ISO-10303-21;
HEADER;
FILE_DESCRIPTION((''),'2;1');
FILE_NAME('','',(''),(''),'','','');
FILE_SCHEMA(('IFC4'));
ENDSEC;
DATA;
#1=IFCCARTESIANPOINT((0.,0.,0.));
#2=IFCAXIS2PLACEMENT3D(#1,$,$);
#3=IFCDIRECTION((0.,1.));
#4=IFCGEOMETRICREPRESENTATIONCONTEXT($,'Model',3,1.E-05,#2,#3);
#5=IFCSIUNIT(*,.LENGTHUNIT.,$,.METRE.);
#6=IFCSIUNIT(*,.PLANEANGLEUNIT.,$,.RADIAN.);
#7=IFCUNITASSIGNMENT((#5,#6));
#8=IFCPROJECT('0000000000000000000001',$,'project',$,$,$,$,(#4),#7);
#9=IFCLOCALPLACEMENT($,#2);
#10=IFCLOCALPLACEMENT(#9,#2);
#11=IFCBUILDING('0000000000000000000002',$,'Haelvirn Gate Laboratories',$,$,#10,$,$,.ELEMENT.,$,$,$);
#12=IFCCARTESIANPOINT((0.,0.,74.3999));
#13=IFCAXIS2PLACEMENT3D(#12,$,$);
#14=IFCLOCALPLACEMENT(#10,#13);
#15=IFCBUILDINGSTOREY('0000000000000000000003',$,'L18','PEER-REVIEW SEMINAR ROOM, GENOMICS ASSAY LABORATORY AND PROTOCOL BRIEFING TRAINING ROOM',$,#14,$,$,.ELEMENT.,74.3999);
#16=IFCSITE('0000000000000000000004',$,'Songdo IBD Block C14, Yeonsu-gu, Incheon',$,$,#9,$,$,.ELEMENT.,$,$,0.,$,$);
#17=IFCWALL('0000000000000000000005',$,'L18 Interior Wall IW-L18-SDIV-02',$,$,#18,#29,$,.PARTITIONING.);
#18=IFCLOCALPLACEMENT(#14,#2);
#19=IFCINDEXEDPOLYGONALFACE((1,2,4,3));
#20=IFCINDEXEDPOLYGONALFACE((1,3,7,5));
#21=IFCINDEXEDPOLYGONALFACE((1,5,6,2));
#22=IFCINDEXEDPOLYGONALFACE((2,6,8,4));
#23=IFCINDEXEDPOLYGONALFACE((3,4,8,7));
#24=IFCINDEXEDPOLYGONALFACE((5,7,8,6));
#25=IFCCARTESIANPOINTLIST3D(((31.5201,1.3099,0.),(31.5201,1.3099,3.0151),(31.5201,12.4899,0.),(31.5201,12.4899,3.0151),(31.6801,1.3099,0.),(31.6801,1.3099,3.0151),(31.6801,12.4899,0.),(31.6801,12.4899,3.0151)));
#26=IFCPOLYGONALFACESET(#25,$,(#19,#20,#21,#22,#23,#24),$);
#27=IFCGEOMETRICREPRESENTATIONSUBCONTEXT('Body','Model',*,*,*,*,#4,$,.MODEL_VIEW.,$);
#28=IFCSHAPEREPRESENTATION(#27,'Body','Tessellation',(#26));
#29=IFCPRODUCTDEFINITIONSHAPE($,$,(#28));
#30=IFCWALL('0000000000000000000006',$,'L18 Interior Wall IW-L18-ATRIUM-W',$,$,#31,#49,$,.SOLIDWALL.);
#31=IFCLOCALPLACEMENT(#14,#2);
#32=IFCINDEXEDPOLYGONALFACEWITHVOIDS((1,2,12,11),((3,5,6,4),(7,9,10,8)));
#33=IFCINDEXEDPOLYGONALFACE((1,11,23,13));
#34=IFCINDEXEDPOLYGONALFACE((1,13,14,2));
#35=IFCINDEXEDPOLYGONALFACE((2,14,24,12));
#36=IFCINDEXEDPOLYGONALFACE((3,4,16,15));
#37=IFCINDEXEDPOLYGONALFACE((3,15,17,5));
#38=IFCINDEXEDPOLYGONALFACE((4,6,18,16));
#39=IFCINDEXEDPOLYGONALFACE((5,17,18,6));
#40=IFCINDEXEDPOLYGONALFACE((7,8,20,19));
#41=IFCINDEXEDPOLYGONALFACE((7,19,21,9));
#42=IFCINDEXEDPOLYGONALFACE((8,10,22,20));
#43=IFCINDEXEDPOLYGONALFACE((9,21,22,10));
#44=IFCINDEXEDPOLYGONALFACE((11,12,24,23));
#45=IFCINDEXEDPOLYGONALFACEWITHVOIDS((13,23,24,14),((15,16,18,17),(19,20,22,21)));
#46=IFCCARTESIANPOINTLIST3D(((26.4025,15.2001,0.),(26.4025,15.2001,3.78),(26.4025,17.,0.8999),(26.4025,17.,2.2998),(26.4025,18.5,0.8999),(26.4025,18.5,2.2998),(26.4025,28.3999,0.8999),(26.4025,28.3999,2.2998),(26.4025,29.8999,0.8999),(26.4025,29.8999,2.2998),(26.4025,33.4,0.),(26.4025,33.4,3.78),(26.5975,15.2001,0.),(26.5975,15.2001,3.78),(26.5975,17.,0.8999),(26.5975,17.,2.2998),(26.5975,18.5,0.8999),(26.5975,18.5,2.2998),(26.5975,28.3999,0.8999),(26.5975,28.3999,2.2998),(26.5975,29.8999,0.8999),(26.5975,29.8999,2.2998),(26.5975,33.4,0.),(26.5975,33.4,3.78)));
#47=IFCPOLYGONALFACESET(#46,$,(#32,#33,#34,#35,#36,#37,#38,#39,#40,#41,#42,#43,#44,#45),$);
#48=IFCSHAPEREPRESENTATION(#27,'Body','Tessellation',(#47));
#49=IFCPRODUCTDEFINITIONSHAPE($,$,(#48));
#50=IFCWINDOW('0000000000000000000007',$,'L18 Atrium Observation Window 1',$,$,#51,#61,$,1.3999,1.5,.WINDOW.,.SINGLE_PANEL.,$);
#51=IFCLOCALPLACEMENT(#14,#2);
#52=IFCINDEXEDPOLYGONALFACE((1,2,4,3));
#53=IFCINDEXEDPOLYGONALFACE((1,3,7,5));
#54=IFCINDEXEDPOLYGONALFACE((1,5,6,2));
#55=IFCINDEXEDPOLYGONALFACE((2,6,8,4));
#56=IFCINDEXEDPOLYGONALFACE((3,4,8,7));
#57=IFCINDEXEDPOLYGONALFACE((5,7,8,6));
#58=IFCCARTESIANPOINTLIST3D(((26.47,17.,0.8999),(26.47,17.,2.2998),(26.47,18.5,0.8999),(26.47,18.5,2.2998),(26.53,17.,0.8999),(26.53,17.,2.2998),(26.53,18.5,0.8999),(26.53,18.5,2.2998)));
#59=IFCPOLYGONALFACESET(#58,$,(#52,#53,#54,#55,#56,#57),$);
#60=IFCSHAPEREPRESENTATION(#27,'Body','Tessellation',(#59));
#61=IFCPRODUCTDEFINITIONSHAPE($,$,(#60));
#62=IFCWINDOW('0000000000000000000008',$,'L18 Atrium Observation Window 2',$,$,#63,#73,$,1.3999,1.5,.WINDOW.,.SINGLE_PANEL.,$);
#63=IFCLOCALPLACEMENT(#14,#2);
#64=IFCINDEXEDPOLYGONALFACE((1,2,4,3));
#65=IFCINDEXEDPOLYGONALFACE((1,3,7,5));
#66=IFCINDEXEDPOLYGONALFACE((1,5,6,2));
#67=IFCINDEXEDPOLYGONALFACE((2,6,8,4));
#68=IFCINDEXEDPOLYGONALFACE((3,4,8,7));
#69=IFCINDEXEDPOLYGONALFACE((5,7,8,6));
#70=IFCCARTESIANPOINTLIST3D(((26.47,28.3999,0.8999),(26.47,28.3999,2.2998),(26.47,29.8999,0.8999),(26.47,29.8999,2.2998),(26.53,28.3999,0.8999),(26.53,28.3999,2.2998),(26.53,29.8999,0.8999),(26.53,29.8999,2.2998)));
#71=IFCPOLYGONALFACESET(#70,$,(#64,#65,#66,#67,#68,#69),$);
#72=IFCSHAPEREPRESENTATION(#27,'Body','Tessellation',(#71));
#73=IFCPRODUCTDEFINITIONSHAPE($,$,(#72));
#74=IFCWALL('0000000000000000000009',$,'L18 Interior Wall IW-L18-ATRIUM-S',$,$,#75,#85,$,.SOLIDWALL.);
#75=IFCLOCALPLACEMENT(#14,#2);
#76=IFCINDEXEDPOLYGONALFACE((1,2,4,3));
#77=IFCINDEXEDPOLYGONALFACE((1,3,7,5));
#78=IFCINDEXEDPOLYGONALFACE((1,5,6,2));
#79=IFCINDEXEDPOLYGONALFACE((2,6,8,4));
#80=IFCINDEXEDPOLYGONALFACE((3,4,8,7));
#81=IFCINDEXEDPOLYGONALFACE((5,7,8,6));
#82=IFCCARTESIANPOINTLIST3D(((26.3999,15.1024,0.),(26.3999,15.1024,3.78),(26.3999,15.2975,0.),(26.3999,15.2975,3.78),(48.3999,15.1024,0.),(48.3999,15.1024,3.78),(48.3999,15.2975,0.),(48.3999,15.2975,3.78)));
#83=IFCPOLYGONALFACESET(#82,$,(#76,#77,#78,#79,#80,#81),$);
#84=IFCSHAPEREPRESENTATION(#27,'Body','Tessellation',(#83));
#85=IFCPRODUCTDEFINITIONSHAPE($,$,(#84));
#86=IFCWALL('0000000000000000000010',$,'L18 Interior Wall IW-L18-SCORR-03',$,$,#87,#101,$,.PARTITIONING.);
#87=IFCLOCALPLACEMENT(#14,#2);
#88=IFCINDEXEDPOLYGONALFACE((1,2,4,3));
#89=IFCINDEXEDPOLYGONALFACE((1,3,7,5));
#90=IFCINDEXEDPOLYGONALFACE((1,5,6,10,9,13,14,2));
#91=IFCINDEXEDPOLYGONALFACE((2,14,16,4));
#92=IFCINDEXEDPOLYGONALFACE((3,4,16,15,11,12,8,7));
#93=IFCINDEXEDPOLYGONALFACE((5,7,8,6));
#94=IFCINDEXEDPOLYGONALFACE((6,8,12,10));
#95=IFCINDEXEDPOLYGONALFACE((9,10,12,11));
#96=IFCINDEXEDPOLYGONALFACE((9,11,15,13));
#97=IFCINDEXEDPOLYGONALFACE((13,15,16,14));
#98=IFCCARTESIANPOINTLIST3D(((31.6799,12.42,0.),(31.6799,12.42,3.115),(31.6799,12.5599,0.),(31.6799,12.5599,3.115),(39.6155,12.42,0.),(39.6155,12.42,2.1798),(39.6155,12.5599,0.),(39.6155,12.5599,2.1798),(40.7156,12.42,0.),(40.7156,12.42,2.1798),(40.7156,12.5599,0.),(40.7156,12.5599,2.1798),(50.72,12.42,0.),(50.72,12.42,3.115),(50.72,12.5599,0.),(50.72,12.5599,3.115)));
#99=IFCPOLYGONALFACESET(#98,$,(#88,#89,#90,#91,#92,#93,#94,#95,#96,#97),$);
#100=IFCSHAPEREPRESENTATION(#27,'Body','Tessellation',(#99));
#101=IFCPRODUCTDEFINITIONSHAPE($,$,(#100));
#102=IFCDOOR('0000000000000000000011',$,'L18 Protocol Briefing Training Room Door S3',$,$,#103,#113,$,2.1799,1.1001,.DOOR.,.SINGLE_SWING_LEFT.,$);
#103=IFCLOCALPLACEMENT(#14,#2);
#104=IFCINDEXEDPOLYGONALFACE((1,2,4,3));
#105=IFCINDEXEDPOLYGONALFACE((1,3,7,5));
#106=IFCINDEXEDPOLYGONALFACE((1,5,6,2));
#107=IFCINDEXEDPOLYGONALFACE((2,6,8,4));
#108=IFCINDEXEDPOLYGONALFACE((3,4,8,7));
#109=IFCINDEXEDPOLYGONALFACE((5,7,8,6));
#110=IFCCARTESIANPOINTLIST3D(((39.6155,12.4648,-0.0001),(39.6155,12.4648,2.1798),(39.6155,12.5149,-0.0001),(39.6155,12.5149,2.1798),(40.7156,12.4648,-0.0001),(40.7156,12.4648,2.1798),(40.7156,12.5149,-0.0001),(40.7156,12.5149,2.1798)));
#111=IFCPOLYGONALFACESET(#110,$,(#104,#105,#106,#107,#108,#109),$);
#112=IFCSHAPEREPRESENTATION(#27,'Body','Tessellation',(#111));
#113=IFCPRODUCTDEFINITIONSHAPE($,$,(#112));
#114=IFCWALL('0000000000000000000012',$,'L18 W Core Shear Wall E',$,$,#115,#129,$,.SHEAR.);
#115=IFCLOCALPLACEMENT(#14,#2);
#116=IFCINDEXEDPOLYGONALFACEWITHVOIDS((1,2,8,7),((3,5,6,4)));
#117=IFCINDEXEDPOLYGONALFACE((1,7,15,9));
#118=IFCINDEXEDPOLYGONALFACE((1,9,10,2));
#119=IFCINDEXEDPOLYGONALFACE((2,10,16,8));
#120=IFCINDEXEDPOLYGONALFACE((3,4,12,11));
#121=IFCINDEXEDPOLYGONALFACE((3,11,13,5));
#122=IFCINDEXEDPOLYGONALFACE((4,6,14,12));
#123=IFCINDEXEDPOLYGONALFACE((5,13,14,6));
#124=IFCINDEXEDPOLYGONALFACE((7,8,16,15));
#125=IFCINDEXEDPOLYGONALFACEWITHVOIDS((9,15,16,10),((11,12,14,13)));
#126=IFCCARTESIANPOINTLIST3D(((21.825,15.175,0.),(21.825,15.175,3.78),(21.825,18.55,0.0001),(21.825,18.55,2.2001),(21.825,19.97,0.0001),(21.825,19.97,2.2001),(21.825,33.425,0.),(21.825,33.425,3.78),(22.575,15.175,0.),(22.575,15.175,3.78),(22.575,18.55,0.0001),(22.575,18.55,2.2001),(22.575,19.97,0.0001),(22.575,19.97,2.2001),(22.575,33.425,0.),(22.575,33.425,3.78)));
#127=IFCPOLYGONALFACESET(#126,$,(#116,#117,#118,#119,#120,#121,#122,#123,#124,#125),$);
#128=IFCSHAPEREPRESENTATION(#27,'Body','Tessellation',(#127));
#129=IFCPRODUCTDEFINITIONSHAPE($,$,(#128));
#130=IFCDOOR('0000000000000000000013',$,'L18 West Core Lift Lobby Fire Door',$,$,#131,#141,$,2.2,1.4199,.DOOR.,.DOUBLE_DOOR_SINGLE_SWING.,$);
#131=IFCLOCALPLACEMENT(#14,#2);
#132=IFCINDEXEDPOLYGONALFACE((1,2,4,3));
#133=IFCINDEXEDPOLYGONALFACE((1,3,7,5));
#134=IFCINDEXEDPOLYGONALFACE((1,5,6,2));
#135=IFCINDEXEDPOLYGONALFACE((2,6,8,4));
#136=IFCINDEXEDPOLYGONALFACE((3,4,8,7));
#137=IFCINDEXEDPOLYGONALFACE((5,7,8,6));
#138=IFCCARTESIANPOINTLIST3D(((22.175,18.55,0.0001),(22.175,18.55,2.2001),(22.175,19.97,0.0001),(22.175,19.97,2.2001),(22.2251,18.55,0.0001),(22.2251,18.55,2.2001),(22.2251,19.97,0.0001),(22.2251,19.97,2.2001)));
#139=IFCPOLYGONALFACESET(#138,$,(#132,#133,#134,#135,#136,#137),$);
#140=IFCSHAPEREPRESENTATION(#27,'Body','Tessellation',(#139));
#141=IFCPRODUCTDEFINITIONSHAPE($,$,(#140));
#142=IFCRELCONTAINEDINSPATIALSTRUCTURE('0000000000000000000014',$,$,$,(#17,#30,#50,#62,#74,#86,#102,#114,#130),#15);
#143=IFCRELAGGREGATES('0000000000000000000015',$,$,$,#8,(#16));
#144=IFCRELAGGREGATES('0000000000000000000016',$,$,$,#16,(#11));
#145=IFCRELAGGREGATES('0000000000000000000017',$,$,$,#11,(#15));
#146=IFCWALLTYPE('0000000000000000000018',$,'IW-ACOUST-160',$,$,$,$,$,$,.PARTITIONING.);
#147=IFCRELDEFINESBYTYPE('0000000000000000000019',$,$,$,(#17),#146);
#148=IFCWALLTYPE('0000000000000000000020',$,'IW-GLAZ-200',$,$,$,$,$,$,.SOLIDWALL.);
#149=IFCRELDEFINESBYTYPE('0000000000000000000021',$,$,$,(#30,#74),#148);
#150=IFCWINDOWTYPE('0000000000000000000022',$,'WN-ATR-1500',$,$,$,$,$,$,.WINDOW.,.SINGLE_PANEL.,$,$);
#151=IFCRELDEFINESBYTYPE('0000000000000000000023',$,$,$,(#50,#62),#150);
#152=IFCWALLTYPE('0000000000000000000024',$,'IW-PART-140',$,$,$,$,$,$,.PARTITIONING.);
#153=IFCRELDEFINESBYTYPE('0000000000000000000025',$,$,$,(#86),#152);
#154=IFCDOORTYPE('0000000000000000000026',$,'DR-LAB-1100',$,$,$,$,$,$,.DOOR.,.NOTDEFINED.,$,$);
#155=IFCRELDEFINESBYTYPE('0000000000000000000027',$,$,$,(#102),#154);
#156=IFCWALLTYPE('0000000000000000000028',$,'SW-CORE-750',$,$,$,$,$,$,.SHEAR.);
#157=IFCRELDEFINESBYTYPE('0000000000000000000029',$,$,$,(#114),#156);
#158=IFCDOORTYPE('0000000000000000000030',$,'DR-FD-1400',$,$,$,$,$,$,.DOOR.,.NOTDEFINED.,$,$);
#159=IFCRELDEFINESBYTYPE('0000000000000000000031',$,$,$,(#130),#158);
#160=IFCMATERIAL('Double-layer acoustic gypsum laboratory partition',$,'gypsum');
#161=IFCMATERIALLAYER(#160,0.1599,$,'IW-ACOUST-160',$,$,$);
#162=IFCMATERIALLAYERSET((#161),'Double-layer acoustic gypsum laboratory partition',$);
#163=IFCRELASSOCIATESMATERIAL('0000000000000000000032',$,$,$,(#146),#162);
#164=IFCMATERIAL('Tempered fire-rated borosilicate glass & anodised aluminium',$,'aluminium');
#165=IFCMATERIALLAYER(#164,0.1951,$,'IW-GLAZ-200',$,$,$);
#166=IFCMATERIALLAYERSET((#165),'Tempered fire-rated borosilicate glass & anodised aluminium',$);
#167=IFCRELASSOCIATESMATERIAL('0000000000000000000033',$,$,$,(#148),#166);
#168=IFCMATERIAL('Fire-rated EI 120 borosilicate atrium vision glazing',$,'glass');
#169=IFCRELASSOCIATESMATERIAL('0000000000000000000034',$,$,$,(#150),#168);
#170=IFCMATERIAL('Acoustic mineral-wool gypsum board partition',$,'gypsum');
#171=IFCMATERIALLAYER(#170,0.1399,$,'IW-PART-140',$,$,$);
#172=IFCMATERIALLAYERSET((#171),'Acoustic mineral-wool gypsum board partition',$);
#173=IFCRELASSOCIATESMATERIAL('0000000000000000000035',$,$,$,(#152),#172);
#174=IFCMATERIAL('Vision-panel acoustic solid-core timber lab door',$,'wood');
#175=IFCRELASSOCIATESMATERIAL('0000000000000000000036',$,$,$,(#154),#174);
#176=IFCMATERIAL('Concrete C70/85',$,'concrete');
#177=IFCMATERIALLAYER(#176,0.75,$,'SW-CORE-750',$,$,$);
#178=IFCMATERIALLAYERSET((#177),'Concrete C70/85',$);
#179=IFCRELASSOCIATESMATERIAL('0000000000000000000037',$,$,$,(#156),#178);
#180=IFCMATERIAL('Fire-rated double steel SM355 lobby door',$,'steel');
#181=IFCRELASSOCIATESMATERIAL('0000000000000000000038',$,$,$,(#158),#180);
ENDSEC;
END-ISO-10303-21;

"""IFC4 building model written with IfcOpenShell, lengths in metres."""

from ifc_helpers import new_model, si_unit, direction, frame, frame_2d, origin, place, context, subcontext, project, spatial, rectangle, extrude, source, transform, mapped, material, layer, layer_set, type_object, type_shapes, element, fill, save


model = new_model("IFC4")

# Units and contexts
model_context = context("Model", 3, precision=1e-05, world=origin(), true_north=direction((0.0, 1.0)))
body_context = subcontext(model_context, "Body", "Model", "MODEL_VIEW")
ifc_project = project(units=[si_unit("LENGTHUNIT", "METRE"), si_unit("PLANEANGLEUNIT", "RADIAN")], contexts=[model_context])

# Site, building, storey
site_placement = place(None, origin())
site = spatial("IfcSite", under=ifc_project, at=site_placement, Name="Songdo IBD Block C14, Yeonsu-gu, Incheon", CompositionType="ELEMENT", RefElevation=0.0)
building_placement = place(site_placement, origin())
building = spatial("IfcBuilding", under=site, at=building_placement, Name="Haelvirn Gate Laboratories", CompositionType="ELEMENT")
storey_placement = place(building_placement, frame((0.0, 0.0, 74.3999)))
storey = spatial("IfcBuildingStorey", under=building, at=storey_placement, Name="L18", Description="PEER-REVIEW SEMINAR ROOM, GENOMICS ASSAY LABORATORY AND PROTOCOL BRIEFING TRAINING ROOM", CompositionType="ELEMENT", Elevation=74.3999)

# Shared definitions
ifc_material_1 = material(Name="Concrete C70/85", Category="concrete")

# Wall
ifc_material_2 = material(Name="Double-layer acoustic gypsum laboratory partition", Category="gypsum")
ifc_layer_1 = layer(ifc_material_2, 0.1599, Name="IW-ACOUST-160")
ifc_layer_set_1 = layer_set([ifc_layer_1], Name="Double-layer acoustic gypsum laboratory partition")
wall_type_1 = type_object("IfcWallType", Name="IW-ACOUST-160", PredefinedType="PARTITIONING", material=ifc_layer_set_1)
wall_1_placement = place(storey_placement, frame((31.6001, 1.3101, 0.0), z_axis=(0.0, 0.0, 1.0), x_axis=(0.0, 1.0, 0.0)))
element("IfcWall", 1, at=wall_1_placement, inside=storey, type_object=wall_type_1, Name="L18 Interior Wall IW-L18-SDIV-02", PredefinedType="PARTITIONING", context=body_context, shape_type="SweptSolid", body=[
    extrude(rectangle(XDim=11.1799, YDim=0.1599, at=frame_2d((5.5898, 0.0))), origin(), (0.0, 0.0, 1.0), 3.0151),
])

# Wall, openings, windows
ifc_material_3 = material(Name="Tempered fire-rated borosilicate glass & anodised aluminium", Category="aluminium")
ifc_layer_2 = layer(ifc_material_3, 0.1951, Name="IW-GLAZ-200")
ifc_layer_set_2 = layer_set([ifc_layer_2], Name="Tempered fire-rated borosilicate glass & anodised aluminium")
wall_type_2 = type_object("IfcWallType", Name="IW-GLAZ-200", PredefinedType="SOLIDWALL", material=ifc_layer_set_2)
wall_2_placement = place(storey_placement, frame((26.5, 15.2, 0.0), z_axis=(0.0, 0.0, 1.0), x_axis=(0.0, 1.0, 0.0)))
wall_2 = element("IfcWall", 2, at=wall_2_placement, inside=storey, type_object=wall_type_2, Name="L18 Interior Wall IW-L18-ATRIUM-W", PredefinedType="SOLIDWALL", context=body_context, shape_type="SweptSolid", body=[
    extrude(rectangle(XDim=18.2, YDim=0.1951, at=frame_2d((9.1001, 0.0))), origin(), (0.0, 0.0, 1.0), 3.78),
])
opening_1_placement = place(wall_2_placement, frame((1.8, 0.0, 0.8999)))
opening_1 = element("IfcOpeningElement", 3, at=opening_1_placement, cuts=wall_2, PredefinedType="OPENING", context=body_context, shape_type="SweptSolid", body=[
    extrude(rectangle(XDim=1.5, YDim=1.3999, at=frame_2d((0.75, 0.7))), frame((0.0, 0.1074, 0.0), z_axis=(0.0, -1.0, 0.0), x_axis=(1.0, 0.0, 0.0)), (0.0, 0.0, 1.0), 0.2151),
])
opening_2_placement = place(wall_2_placement, frame((13.2, 0.0, 0.8999)))
opening_2 = element("IfcOpeningElement", 4, at=opening_2_placement, cuts=wall_2, PredefinedType="OPENING", context=body_context, shape_type="SweptSolid", body=[
    extrude(rectangle(XDim=1.5, YDim=1.3999, at=frame_2d((0.75, 0.7))), frame((0.0, 0.1074, 0.0), z_axis=(0.0, -1.0, 0.0), x_axis=(1.0, 0.0, 0.0)), (0.0, 0.0, 1.0), 0.2151),
])
ifc_material_4 = material(Name="Fire-rated EI 120 borosilicate atrium vision glazing", Category="glass")
window_type = type_object("IfcWindowType", Name="WN-ATR-1500", PartitioningType="SINGLE_PANEL", PredefinedType="WINDOW", material=ifc_material_4)
shared_shape_1 = source(origin(), body_context, "Body", "SweptSolid", [
    extrude(rectangle(XDim=1.5, YDim=1.3999, at=frame_2d((0.75, 0.7))), frame((0.0, 0.03, 0.0), z_axis=(0.0, -1.0, 0.0), x_axis=(1.0, 0.0, 0.0)), (0.0, 0.0, 1.0), 0.0601),
])
type_shapes(window_type, [shared_shape_1])
window_1_placement = place(opening_1_placement, origin())
window_1 = element("IfcWindow", 5, at=window_1_placement, inside=storey, type_object=window_type, Name="L18 Atrium Observation Window 1", OverallHeight=1.3999, OverallWidth=1.5, PartitioningType="SINGLE_PANEL", PredefinedType="WINDOW", context=body_context, shape_type="MappedRepresentation", body=[
    mapped(shared_shape_1, transform((0.0, 0.0, 0.0), scale=1.0)),
])
fill(opening_1, window_1)
window_2_placement = place(opening_2_placement, origin())
window_2 = element("IfcWindow", 6, at=window_2_placement, inside=storey, type_object=window_type, Name="L18 Atrium Observation Window 2", OverallHeight=1.3999, OverallWidth=1.5, PartitioningType="SINGLE_PANEL", PredefinedType="WINDOW", context=body_context, shape_type="MappedRepresentation", body=[
    mapped(shared_shape_1, transform((0.0, 0.0, 0.0), scale=1.0)),
])
fill(opening_2, window_2)

# Wall
wall_3_placement = place(storey_placement, frame((26.3999, 15.2, 0.0), z_axis=(0.0, 0.0, 1.0), x_axis=(1.0, 0.0, 0.0)))
element("IfcWall", 7, at=wall_3_placement, inside=storey, type_object=wall_type_2, Name="L18 Interior Wall IW-L18-ATRIUM-S", PredefinedType="SOLIDWALL", context=body_context, shape_type="SweptSolid", body=[
    extrude(rectangle(XDim=22.0, YDim=0.1951, at=frame_2d((11.0, 0.0))), origin(), (0.0, 0.0, 1.0), 3.78),
])

# Walls, openings, doors
ifc_material_5 = material(Name="Acoustic mineral-wool gypsum board partition", Category="gypsum")
ifc_layer_3 = layer(ifc_material_5, 0.1399, Name="IW-PART-140")
ifc_layer_set_3 = layer_set([ifc_layer_3], Name="Acoustic mineral-wool gypsum board partition")
wall_type_3 = type_object("IfcWallType", Name="IW-PART-140", PredefinedType="PARTITIONING", material=ifc_layer_set_3)
wall_4_placement = place(storey_placement, frame((31.6799, 12.49, 0.0), z_axis=(0.0, 0.0, 1.0), x_axis=(1.0, 0.0, 0.0)))
wall_4 = element("IfcWall", 8, at=wall_4_placement, inside=storey, type_object=wall_type_3, Name="L18 Interior Wall IW-L18-SCORR-03", PredefinedType="PARTITIONING", context=body_context, shape_type="SweptSolid", body=[
    extrude(rectangle(XDim=19.04, YDim=0.1399, at=frame_2d((9.52, 0.0))), origin(), (0.0, 0.0, 1.0), 3.115),
])
opening_3_placement = place(wall_4_placement, frame((7.9355, 0.0, 0.0)))
opening_3 = element("IfcOpeningElement", 9, at=opening_3_placement, cuts=wall_4, PredefinedType="OPENING", context=body_context, shape_type="SweptSolid", body=[
    extrude(rectangle(XDim=1.1001, YDim=2.1799, at=frame_2d((0.55, 1.0898))), frame((0.0, 0.0801, 0.0), z_axis=(0.0, -1.0, 0.0), x_axis=(1.0, 0.0, 0.0)), (0.0, 0.0, 1.0), 0.1599),
])
ifc_material_6 = material(Name="Vision-panel acoustic solid-core timber lab door", Category="wood")
door_type_1 = type_object("IfcDoorType", Name="DR-LAB-1100", OperationType="NOTDEFINED", PredefinedType="DOOR", material=ifc_material_6)
shared_shape_2 = source(origin(), body_context, "Body", "SweptSolid", [
    extrude(rectangle(XDim=1.1001, YDim=2.1799, at=frame_2d((0.55, 1.0898))), frame((0.0, 0.0249, 0.0), z_axis=(0.0, -1.0, 0.0), x_axis=(1.0, 0.0, 0.0)), (0.0, 0.0, 1.0), 0.05),
])
type_shapes(door_type_1, [shared_shape_2])
door_1_placement = place(opening_3_placement, origin())
door_1 = element("IfcDoor", 10, at=door_1_placement, inside=storey, type_object=door_type_1, Name="L18 Protocol Briefing Training Room Door S3", OperationType="SINGLE_SWING_LEFT", OverallHeight=2.1799, OverallWidth=1.1001, PredefinedType="DOOR", context=body_context, shape_type="MappedRepresentation", body=[
    mapped(shared_shape_2, transform((0.0, 0.0, 0.0), scale=1.0)),
])
fill(opening_3, door_1)
ifc_layer_4 = layer(ifc_material_1, 0.75, Name="SW-CORE-750")
ifc_layer_set_4 = layer_set([ifc_layer_4], Name="Concrete C70/85")
wall_type_4 = type_object("IfcWallType", Name="SW-CORE-750", PredefinedType="SHEAR", material=ifc_layer_set_4)
wall_5_placement = place(storey_placement, frame((22.2, 15.175, 0.0), z_axis=(0.0, 0.0, 1.0), x_axis=(0.0, 1.0, 0.0)))
wall_5 = element("IfcWall", 11, at=wall_5_placement, inside=storey, type_object=wall_type_4, Name="L18 W Core Shear Wall E", PredefinedType="SHEAR", context=body_context, shape_type="SweptSolid", body=[
    extrude(rectangle(XDim=18.25, YDim=0.75, at=frame_2d((9.125, 0.0))), origin(), (0.0, 0.0, 1.0), 3.78),
])
opening_4_placement = place(wall_5_placement, frame((3.375, 0.0, 0.0)))
opening_4 = element("IfcOpeningElement", 12, at=opening_4_placement, cuts=wall_5, PredefinedType="OPENING", context=body_context, shape_type="SweptSolid", body=[
    extrude(rectangle(XDim=1.4199, YDim=2.2, at=frame_2d((0.71, 1.1001))), frame((0.0, 0.385, 0.0), z_axis=(0.0, -1.0, 0.0), x_axis=(1.0, 0.0, 0.0)), (0.0, 0.0, 1.0), 0.77),
])
ifc_material_7 = material(Name="Fire-rated double steel SM355 lobby door", Category="steel")
door_type_2 = type_object("IfcDoorType", Name="DR-FD-1400", OperationType="NOTDEFINED", PredefinedType="DOOR", material=ifc_material_7)
shared_shape_3 = source(origin(), body_context, "Body", "SweptSolid", [
    extrude(rectangle(XDim=1.4199, YDim=2.2, at=frame_2d((0.71, 1.1001))), frame((0.0, 0.0249, 0.0), z_axis=(0.0, -1.0, 0.0), x_axis=(1.0, 0.0, 0.0)), (0.0, 0.0, 1.0), 0.05),
])
type_shapes(door_type_2, [shared_shape_3])
door_2_placement = place(opening_4_placement, origin())
door_2 = element("IfcDoor", 13, at=door_2_placement, inside=storey, type_object=door_type_2, Name="L18 West Core Lift Lobby Fire Door", OperationType="DOUBLE_DOOR_SINGLE_SWING", OverallHeight=2.2, OverallWidth=1.4199, PredefinedType="DOOR", context=body_context, shape_type="MappedRepresentation", body=[
    mapped(shared_shape_3, transform((0.0, 0.0, 0.0), scale=1.0)),
])
fill(opening_4, door_2)

save(model, "model.ifc")
